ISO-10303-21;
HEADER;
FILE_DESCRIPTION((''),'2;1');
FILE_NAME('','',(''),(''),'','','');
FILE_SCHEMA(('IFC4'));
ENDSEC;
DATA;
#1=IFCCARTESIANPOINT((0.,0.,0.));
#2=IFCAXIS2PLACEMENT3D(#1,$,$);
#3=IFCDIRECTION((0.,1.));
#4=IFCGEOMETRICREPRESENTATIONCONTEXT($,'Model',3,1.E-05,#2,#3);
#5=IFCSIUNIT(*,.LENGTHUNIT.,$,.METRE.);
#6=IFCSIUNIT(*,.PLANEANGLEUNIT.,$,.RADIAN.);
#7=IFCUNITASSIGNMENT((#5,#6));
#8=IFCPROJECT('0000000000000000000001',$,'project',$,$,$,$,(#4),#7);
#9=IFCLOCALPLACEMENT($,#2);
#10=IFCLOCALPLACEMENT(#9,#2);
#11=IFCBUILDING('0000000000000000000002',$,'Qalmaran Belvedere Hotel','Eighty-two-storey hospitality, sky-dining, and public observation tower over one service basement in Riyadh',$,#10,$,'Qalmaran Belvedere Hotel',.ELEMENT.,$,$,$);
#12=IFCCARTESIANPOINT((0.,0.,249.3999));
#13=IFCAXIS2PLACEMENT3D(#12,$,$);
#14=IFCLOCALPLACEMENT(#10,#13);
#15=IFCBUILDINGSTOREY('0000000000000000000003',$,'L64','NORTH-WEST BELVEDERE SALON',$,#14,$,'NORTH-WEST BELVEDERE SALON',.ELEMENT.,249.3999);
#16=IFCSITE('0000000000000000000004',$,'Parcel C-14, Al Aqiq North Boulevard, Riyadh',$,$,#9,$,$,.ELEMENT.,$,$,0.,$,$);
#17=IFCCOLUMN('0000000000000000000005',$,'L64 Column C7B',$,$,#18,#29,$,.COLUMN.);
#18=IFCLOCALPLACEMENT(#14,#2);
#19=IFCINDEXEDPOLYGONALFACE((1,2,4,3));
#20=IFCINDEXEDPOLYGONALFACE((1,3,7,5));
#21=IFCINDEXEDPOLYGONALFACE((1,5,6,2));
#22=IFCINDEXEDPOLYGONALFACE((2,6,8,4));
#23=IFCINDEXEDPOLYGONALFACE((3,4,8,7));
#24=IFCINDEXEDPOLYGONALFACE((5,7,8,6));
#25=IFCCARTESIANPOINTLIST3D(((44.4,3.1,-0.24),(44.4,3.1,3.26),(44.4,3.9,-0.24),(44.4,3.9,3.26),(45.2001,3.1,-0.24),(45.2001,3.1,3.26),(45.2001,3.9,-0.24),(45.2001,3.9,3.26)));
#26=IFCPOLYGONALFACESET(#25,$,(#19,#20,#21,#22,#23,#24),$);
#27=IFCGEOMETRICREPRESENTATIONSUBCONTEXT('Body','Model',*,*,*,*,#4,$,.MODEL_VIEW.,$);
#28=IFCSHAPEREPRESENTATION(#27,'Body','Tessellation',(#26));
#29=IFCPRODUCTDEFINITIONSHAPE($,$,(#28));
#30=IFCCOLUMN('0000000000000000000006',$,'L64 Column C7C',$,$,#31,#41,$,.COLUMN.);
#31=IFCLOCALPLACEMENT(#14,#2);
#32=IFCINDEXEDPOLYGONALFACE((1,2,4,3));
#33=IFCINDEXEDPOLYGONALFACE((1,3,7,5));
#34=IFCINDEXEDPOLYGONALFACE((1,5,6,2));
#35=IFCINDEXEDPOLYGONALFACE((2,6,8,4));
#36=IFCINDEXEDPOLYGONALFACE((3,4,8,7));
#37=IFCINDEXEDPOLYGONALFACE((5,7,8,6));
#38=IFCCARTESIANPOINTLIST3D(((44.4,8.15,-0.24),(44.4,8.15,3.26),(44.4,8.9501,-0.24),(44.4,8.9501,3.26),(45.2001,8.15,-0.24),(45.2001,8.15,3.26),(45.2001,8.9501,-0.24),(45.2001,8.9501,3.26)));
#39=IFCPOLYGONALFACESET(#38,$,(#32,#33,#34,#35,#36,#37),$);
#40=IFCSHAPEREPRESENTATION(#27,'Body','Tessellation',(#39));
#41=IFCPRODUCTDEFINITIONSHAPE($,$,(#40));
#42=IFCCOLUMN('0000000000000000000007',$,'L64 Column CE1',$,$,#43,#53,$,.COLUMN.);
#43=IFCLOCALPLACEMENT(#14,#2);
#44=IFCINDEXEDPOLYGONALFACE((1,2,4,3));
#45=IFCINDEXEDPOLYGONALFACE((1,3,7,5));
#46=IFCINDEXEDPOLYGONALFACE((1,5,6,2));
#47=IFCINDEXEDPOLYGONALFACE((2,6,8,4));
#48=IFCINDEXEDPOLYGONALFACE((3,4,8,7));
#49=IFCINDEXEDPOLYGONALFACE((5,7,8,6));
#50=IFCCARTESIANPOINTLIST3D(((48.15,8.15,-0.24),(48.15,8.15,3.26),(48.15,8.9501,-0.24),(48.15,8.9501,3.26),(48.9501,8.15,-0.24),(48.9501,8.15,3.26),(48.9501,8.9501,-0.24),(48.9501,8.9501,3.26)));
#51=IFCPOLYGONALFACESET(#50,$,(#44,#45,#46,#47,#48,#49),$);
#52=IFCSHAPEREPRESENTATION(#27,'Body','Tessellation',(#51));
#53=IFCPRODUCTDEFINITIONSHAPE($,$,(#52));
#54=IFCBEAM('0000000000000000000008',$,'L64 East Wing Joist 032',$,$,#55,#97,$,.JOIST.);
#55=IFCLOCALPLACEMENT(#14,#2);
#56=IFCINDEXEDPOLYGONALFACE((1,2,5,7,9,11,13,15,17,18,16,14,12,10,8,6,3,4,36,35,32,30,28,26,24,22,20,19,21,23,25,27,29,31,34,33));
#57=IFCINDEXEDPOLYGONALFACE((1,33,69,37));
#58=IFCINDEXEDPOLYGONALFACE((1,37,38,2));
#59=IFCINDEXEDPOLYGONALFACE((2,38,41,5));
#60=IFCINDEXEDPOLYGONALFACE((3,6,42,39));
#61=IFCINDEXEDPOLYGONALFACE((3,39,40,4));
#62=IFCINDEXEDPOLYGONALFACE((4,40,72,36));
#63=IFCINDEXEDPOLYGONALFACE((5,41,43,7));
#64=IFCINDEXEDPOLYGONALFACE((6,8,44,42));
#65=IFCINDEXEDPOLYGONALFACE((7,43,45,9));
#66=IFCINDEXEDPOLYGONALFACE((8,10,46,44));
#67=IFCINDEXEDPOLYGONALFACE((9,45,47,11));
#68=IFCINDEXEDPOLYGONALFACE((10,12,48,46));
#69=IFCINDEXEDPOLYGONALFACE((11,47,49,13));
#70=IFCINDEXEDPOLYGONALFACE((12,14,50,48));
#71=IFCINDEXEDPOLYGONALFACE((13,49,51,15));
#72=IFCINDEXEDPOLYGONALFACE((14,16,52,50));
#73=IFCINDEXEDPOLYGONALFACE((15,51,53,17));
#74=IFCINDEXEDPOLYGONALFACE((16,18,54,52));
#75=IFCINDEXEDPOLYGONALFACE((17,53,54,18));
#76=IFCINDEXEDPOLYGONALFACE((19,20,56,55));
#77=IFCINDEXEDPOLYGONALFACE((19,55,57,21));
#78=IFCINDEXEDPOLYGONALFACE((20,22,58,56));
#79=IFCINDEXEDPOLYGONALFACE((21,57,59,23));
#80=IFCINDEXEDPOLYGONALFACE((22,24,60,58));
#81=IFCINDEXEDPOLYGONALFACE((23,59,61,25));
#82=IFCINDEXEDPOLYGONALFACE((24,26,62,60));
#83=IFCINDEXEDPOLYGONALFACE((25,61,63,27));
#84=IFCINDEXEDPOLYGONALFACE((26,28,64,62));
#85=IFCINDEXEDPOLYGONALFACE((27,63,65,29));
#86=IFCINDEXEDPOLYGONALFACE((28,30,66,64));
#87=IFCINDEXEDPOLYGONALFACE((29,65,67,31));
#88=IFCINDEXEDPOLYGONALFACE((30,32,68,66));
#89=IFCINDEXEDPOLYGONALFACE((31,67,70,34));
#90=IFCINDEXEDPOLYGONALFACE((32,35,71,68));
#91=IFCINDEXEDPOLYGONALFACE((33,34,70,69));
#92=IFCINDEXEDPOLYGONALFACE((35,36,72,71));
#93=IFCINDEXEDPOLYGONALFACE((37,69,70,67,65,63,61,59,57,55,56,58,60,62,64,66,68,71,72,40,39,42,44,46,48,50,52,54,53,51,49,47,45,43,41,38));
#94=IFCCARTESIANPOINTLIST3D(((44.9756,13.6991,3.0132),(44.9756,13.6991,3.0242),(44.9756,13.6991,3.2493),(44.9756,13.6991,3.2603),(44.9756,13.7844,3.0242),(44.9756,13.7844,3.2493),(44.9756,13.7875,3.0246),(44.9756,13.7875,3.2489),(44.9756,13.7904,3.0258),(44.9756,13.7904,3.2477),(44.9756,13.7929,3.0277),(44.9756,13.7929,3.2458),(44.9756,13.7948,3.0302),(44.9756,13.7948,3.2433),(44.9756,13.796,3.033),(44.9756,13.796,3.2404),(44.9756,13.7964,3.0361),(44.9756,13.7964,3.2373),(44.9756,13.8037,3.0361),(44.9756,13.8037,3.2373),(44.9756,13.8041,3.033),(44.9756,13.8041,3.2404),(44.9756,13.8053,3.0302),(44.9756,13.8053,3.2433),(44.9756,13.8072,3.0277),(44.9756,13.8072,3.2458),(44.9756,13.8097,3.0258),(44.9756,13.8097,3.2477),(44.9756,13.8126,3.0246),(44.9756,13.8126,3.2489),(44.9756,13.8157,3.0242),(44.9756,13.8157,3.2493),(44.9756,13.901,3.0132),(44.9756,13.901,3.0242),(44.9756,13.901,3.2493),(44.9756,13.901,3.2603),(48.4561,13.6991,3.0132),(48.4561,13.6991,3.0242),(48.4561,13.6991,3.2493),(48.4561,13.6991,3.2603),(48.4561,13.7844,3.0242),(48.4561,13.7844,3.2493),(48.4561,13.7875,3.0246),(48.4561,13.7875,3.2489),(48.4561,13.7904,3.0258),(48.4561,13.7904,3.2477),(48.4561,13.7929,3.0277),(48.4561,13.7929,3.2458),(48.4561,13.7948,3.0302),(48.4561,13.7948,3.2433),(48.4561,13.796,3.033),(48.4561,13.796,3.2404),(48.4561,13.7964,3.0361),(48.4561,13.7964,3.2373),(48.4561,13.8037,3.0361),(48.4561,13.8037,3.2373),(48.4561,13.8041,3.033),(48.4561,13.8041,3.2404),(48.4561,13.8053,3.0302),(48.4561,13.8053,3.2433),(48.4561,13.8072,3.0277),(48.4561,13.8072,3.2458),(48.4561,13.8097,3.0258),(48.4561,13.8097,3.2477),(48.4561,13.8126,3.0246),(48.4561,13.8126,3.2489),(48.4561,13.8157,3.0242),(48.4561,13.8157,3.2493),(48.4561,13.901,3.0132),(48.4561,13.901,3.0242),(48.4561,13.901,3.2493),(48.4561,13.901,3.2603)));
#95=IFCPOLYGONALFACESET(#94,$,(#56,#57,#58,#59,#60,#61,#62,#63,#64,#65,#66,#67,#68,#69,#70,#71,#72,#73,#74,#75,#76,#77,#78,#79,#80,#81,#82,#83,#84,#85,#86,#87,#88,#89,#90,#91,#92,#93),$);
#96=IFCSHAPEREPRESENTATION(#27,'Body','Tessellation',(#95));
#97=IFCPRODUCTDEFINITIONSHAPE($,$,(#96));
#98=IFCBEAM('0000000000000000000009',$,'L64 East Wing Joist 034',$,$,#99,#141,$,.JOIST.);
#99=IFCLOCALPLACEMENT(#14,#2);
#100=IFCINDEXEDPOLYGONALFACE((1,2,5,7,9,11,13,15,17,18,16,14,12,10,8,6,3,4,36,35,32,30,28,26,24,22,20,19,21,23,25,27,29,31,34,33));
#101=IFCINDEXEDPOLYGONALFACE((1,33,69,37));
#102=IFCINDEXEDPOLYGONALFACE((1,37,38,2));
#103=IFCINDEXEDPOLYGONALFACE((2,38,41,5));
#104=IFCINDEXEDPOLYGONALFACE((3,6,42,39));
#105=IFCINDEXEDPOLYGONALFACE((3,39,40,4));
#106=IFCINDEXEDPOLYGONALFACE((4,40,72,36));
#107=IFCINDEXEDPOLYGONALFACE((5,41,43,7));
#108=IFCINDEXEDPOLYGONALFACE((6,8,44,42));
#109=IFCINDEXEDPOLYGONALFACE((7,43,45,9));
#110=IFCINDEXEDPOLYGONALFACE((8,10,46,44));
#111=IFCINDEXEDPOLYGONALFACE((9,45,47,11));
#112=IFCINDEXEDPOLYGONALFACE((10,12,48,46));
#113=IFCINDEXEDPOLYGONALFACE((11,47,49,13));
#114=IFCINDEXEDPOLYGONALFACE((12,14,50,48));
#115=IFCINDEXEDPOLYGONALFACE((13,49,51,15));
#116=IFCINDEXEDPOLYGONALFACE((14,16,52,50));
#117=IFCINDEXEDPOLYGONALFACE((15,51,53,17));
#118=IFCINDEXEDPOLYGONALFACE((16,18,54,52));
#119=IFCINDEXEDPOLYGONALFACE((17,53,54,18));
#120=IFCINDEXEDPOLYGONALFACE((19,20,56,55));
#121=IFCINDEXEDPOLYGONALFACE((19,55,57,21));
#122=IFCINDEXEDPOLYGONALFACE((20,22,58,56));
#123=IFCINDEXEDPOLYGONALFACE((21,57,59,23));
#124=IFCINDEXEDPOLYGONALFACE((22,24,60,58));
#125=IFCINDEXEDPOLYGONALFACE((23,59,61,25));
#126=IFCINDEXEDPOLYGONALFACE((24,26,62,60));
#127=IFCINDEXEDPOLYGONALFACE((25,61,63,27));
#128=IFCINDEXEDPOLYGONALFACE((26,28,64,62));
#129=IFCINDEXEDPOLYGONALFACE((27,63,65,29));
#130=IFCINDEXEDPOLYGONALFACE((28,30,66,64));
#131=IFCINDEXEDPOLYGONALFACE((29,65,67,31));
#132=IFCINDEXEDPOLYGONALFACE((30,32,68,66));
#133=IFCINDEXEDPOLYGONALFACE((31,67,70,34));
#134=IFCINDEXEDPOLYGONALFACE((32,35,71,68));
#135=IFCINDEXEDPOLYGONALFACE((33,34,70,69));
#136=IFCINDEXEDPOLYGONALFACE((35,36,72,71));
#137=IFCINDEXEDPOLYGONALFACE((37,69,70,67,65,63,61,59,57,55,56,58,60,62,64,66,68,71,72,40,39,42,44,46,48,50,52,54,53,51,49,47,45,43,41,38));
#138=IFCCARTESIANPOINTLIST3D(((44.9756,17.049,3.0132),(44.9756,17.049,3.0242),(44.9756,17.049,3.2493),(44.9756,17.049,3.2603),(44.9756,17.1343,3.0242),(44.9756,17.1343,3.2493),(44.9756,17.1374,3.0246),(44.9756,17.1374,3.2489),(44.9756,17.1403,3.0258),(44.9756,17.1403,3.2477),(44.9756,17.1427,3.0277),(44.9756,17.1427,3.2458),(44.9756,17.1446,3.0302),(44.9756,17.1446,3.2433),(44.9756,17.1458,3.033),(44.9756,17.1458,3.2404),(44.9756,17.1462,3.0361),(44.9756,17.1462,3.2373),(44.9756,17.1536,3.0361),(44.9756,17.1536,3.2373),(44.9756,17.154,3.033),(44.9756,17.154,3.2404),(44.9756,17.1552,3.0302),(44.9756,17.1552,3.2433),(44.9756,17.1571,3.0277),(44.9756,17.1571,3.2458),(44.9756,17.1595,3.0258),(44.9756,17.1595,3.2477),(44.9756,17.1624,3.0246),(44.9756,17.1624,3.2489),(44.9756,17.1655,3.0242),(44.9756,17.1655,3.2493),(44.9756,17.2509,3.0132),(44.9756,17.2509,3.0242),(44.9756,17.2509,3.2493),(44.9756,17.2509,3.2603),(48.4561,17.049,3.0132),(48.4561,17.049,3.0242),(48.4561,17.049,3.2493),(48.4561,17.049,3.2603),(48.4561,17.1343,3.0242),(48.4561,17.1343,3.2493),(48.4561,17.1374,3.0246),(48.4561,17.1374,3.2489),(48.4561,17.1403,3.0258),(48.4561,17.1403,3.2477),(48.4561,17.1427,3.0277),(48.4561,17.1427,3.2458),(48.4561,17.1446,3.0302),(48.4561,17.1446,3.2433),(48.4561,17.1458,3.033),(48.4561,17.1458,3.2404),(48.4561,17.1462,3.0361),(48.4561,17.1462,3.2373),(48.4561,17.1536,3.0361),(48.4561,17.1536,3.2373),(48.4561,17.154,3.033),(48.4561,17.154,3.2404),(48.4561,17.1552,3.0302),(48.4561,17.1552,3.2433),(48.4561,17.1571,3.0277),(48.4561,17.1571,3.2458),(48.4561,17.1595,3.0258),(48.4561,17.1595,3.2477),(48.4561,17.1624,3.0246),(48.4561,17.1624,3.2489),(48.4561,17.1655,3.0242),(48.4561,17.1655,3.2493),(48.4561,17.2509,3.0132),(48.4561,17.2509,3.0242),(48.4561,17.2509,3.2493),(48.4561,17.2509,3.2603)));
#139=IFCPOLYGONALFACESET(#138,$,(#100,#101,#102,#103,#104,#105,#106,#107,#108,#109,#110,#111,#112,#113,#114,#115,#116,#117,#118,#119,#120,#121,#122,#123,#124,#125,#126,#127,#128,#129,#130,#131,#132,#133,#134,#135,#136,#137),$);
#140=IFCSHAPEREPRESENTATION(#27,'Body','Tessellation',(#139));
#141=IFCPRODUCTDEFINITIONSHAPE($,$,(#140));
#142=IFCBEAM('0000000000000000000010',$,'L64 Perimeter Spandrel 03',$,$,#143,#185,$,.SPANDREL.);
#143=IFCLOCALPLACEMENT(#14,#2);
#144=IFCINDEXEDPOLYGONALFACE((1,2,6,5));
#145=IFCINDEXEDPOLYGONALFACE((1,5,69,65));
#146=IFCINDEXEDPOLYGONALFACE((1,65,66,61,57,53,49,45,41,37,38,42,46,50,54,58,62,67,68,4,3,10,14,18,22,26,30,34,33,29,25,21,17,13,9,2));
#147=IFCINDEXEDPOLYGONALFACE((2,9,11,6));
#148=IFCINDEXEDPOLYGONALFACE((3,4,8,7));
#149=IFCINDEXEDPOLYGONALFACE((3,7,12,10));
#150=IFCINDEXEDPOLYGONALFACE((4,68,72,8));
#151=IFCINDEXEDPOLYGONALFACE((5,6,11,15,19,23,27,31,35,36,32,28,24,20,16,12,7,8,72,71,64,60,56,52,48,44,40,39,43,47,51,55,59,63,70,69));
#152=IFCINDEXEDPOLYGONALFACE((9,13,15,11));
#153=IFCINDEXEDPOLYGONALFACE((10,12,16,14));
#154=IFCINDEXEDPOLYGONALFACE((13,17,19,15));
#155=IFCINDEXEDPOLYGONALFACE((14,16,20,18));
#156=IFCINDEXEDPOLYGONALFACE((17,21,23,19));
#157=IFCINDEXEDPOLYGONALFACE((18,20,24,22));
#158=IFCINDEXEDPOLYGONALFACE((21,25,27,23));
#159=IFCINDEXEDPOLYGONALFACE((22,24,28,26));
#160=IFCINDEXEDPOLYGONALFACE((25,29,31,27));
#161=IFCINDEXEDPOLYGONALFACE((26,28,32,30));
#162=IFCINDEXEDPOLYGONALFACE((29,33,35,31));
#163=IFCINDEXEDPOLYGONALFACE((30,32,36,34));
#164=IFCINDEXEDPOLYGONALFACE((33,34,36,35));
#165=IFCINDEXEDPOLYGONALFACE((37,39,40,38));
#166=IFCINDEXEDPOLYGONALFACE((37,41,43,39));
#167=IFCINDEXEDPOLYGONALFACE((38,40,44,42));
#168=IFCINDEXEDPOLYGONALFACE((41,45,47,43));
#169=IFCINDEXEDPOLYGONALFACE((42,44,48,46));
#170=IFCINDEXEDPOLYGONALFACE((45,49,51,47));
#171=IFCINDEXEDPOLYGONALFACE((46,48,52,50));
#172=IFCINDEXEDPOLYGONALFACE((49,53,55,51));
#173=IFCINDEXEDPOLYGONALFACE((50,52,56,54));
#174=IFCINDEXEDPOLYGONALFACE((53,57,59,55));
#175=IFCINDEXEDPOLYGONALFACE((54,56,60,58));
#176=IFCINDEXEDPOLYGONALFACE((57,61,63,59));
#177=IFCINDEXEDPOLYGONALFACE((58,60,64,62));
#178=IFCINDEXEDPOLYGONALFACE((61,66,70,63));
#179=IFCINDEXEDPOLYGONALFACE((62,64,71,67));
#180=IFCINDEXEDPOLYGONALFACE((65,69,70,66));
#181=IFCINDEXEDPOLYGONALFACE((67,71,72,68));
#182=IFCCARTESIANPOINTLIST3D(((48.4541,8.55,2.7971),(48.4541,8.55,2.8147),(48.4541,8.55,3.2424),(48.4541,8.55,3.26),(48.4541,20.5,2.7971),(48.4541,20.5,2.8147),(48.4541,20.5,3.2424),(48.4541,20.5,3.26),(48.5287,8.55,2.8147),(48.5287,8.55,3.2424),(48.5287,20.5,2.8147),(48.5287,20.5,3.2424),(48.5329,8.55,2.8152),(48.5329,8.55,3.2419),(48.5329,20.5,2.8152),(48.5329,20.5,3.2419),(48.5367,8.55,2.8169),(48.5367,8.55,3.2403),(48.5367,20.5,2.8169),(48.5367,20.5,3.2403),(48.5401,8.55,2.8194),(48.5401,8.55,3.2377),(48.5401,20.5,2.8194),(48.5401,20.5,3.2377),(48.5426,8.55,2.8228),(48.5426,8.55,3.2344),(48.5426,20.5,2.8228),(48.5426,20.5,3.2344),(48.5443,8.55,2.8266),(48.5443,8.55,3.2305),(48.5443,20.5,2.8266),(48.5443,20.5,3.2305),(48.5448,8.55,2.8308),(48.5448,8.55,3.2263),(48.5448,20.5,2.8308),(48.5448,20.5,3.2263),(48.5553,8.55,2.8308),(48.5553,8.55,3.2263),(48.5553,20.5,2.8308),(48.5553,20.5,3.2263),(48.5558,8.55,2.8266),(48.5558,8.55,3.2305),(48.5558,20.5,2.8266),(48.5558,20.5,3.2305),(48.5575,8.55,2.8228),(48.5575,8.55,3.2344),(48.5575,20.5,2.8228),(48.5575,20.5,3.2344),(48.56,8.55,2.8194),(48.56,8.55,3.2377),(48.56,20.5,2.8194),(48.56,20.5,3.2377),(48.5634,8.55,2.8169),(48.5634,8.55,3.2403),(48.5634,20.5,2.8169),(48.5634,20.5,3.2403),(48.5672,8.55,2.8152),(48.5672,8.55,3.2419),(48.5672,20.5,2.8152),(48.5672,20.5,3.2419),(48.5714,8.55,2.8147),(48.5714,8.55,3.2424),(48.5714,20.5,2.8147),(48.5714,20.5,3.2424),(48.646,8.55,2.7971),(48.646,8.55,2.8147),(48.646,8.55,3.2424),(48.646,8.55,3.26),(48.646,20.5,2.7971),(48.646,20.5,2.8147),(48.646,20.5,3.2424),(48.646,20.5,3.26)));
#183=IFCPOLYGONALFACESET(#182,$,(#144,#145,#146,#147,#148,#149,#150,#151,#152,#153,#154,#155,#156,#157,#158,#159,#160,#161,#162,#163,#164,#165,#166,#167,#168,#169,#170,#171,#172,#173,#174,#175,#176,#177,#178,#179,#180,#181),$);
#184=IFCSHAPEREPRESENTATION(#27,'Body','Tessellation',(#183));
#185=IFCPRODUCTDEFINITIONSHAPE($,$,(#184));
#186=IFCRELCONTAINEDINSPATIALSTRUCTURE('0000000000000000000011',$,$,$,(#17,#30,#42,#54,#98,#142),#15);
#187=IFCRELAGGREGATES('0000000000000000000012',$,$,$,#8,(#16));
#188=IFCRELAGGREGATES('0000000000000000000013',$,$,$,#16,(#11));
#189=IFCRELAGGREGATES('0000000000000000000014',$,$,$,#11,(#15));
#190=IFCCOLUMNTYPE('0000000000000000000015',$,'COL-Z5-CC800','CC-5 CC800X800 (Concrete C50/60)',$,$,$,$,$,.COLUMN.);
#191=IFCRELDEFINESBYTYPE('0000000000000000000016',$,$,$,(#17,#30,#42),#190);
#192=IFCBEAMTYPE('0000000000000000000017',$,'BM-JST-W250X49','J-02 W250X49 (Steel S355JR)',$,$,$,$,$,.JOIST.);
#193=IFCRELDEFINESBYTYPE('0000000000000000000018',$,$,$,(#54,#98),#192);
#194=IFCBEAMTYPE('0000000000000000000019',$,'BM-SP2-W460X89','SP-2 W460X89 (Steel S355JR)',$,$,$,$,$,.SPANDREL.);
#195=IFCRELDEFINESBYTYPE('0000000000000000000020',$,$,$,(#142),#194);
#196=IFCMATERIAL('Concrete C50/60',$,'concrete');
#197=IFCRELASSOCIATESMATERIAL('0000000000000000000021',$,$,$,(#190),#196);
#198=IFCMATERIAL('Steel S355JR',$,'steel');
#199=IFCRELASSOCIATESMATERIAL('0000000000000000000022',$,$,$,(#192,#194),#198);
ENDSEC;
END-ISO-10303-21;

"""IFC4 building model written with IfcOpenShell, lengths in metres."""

from ifc_helpers import new_model, si_unit, direction, frame, origin, origin_2d, place, context, subcontext, project, spatial, rectangle, i_section, extrude, material, material_profile, profile_set, type_object, element, save


model = new_model("IFC4")

# Units and contexts
model_context = context("Model", 3, precision=1e-05, world=origin(), true_north=direction((0.0, 1.0)))
body_context = subcontext(model_context, "Body", "Model", "MODEL_VIEW")
ifc_project = project(units=[si_unit("LENGTHUNIT", "METRE"), si_unit("PLANEANGLEUNIT", "RADIAN")], contexts=[model_context])

# Site, building, storey
site_placement = place(None, origin())
site = spatial("IfcSite", under=ifc_project, at=site_placement, Name="Parcel C-14, Al Aqiq North Boulevard, Riyadh", CompositionType="ELEMENT", RefElevation=0.0)
building_placement = place(site_placement, origin())
building = spatial("IfcBuilding", under=site, at=building_placement, Name="Qalmaran Belvedere Hotel", Description="Eighty-two-storey hospitality, sky-dining, and public observation tower over one service basement in Riyadh", LongName="Qalmaran Belvedere Hotel", CompositionType="ELEMENT")
storey_placement = place(building_placement, frame((0.0, 0.0, 249.3999)))
storey = spatial("IfcBuildingStorey", under=building, at=storey_placement, Name="L64", Description="NORTH-WEST BELVEDERE SALON", LongName="NORTH-WEST BELVEDERE SALON", CompositionType="ELEMENT", Elevation=249.3999)

# Columns
ifc_material_1 = material(Name="Concrete C50/60", Category="concrete")
ifc_material_profile_1 = material_profile(ifc_material_1, rectangle(XDim=0.8, YDim=0.8, at=origin_2d()), Name="CC800X800")
ifc_profile_set_1 = profile_set([ifc_material_profile_1], Name="Concrete C50/60")
column_type = type_object("IfcColumnType", Name="COL-Z5-CC800", Description="CC-5 CC800X800 (Concrete C50/60)", PredefinedType="COLUMN", material=ifc_profile_set_1)
for number, where, z_axis, x_axis, name in (
    (1, (44.8, 3.5, -0.24), (0.0, 0.0, 1.0), (1.0, 0.0, 0.0), "L64 Column C7B"),
    (2, (44.8, 8.55, -0.24), (0.0, 0.0, 1.0), (1.0, 0.0, 0.0), "L64 Column C7C"),
    (3, (48.55, 8.55, -0.24), (0.0, 0.0, 1.0), (1.0, 0.0, 0.0), "L64 Column CE1"),
):
    element("IfcColumn", number, at=place(storey_placement, frame(where, z_axis=z_axis, x_axis=x_axis)), inside=storey, type_object=column_type, Name=name, PredefinedType="COLUMN", context=body_context, shape_type="SweptSolid", body=[
        extrude(rectangle(XDim=0.8, YDim=0.8, at=origin_2d()), origin(), (0.0, 0.0, 1.0), 3.5),
    ])

# Beams
ifc_material_2 = material(Name="Steel S355JR", Category="steel")
ifc_material_profile_2 = material_profile(ifc_material_2, i_section(OverallWidth=0.2019, OverallDepth=0.2471, WebThickness=0.0073, FlangeThickness=0.011, FilletRadius=0.012, at=origin_2d()), Name="W250X49")
ifc_profile_set_2 = profile_set([ifc_material_profile_2], Name="Steel S355JR")
beam_type_1 = type_object("IfcBeamType", Name="BM-JST-W250X49", Description="J-02 W250X49 (Steel S355JR)", PredefinedType="JOIST", material=ifc_profile_set_2)
for number, where, z_axis, x_axis, name in (
    (4, (44.9756, 13.8, 3.1367), (1.0, 0.0, 0.0), (0.0, 1.0, 0.0), "L64 East Wing Joist 032"),
    (5, (44.9756, 17.1499, 3.1367), (1.0, 0.0, 0.0), (0.0, 1.0, 0.0), "L64 East Wing Joist 034"),
):
    element("IfcBeam", number, at=place(storey_placement, frame(where, z_axis=z_axis, x_axis=x_axis)), inside=storey, type_object=beam_type_1, Name=name, PredefinedType="JOIST", context=body_context, shape_type="SweptSolid", body=[
        extrude(i_section(OverallWidth=0.2019, OverallDepth=0.2471, WebThickness=0.0073, FlangeThickness=0.011, FilletRadius=0.012, at=origin_2d()), origin(), (0.0, 0.0, 1.0), 3.4805),
    ])
ifc_material_profile_3 = material_profile(ifc_material_2, i_section(OverallWidth=0.1919, OverallDepth=0.4629, WebThickness=0.0105, FlangeThickness=0.0176, FilletRadius=0.0161, at=origin_2d()), Name="W460X89")
ifc_profile_set_3 = profile_set([ifc_material_profile_3], Name="Steel S355JR")
beam_type_2 = type_object("IfcBeamType", Name="BM-SP2-W460X89", Description="SP-2 W460X89 (Steel S355JR)", PredefinedType="SPANDREL", material=ifc_profile_set_3)
beam_1_placement = place(storey_placement, frame((48.55, 8.55, 3.0286), z_axis=(0.0, 1.0, 0.0), x_axis=(-1.0, 0.0, 0.0)))
element("IfcBeam", 6, at=beam_1_placement, inside=storey, type_object=beam_type_2, Name="L64 Perimeter Spandrel 03", PredefinedType="SPANDREL", context=body_context, shape_type="SweptSolid", body=[
    extrude(i_section(OverallWidth=0.1919, OverallDepth=0.4629, WebThickness=0.0105, FlangeThickness=0.0176, FilletRadius=0.0161, at=origin_2d()), origin(), (0.0, 0.0, 1.0), 11.95),
])

save(model, "model.ifc")
